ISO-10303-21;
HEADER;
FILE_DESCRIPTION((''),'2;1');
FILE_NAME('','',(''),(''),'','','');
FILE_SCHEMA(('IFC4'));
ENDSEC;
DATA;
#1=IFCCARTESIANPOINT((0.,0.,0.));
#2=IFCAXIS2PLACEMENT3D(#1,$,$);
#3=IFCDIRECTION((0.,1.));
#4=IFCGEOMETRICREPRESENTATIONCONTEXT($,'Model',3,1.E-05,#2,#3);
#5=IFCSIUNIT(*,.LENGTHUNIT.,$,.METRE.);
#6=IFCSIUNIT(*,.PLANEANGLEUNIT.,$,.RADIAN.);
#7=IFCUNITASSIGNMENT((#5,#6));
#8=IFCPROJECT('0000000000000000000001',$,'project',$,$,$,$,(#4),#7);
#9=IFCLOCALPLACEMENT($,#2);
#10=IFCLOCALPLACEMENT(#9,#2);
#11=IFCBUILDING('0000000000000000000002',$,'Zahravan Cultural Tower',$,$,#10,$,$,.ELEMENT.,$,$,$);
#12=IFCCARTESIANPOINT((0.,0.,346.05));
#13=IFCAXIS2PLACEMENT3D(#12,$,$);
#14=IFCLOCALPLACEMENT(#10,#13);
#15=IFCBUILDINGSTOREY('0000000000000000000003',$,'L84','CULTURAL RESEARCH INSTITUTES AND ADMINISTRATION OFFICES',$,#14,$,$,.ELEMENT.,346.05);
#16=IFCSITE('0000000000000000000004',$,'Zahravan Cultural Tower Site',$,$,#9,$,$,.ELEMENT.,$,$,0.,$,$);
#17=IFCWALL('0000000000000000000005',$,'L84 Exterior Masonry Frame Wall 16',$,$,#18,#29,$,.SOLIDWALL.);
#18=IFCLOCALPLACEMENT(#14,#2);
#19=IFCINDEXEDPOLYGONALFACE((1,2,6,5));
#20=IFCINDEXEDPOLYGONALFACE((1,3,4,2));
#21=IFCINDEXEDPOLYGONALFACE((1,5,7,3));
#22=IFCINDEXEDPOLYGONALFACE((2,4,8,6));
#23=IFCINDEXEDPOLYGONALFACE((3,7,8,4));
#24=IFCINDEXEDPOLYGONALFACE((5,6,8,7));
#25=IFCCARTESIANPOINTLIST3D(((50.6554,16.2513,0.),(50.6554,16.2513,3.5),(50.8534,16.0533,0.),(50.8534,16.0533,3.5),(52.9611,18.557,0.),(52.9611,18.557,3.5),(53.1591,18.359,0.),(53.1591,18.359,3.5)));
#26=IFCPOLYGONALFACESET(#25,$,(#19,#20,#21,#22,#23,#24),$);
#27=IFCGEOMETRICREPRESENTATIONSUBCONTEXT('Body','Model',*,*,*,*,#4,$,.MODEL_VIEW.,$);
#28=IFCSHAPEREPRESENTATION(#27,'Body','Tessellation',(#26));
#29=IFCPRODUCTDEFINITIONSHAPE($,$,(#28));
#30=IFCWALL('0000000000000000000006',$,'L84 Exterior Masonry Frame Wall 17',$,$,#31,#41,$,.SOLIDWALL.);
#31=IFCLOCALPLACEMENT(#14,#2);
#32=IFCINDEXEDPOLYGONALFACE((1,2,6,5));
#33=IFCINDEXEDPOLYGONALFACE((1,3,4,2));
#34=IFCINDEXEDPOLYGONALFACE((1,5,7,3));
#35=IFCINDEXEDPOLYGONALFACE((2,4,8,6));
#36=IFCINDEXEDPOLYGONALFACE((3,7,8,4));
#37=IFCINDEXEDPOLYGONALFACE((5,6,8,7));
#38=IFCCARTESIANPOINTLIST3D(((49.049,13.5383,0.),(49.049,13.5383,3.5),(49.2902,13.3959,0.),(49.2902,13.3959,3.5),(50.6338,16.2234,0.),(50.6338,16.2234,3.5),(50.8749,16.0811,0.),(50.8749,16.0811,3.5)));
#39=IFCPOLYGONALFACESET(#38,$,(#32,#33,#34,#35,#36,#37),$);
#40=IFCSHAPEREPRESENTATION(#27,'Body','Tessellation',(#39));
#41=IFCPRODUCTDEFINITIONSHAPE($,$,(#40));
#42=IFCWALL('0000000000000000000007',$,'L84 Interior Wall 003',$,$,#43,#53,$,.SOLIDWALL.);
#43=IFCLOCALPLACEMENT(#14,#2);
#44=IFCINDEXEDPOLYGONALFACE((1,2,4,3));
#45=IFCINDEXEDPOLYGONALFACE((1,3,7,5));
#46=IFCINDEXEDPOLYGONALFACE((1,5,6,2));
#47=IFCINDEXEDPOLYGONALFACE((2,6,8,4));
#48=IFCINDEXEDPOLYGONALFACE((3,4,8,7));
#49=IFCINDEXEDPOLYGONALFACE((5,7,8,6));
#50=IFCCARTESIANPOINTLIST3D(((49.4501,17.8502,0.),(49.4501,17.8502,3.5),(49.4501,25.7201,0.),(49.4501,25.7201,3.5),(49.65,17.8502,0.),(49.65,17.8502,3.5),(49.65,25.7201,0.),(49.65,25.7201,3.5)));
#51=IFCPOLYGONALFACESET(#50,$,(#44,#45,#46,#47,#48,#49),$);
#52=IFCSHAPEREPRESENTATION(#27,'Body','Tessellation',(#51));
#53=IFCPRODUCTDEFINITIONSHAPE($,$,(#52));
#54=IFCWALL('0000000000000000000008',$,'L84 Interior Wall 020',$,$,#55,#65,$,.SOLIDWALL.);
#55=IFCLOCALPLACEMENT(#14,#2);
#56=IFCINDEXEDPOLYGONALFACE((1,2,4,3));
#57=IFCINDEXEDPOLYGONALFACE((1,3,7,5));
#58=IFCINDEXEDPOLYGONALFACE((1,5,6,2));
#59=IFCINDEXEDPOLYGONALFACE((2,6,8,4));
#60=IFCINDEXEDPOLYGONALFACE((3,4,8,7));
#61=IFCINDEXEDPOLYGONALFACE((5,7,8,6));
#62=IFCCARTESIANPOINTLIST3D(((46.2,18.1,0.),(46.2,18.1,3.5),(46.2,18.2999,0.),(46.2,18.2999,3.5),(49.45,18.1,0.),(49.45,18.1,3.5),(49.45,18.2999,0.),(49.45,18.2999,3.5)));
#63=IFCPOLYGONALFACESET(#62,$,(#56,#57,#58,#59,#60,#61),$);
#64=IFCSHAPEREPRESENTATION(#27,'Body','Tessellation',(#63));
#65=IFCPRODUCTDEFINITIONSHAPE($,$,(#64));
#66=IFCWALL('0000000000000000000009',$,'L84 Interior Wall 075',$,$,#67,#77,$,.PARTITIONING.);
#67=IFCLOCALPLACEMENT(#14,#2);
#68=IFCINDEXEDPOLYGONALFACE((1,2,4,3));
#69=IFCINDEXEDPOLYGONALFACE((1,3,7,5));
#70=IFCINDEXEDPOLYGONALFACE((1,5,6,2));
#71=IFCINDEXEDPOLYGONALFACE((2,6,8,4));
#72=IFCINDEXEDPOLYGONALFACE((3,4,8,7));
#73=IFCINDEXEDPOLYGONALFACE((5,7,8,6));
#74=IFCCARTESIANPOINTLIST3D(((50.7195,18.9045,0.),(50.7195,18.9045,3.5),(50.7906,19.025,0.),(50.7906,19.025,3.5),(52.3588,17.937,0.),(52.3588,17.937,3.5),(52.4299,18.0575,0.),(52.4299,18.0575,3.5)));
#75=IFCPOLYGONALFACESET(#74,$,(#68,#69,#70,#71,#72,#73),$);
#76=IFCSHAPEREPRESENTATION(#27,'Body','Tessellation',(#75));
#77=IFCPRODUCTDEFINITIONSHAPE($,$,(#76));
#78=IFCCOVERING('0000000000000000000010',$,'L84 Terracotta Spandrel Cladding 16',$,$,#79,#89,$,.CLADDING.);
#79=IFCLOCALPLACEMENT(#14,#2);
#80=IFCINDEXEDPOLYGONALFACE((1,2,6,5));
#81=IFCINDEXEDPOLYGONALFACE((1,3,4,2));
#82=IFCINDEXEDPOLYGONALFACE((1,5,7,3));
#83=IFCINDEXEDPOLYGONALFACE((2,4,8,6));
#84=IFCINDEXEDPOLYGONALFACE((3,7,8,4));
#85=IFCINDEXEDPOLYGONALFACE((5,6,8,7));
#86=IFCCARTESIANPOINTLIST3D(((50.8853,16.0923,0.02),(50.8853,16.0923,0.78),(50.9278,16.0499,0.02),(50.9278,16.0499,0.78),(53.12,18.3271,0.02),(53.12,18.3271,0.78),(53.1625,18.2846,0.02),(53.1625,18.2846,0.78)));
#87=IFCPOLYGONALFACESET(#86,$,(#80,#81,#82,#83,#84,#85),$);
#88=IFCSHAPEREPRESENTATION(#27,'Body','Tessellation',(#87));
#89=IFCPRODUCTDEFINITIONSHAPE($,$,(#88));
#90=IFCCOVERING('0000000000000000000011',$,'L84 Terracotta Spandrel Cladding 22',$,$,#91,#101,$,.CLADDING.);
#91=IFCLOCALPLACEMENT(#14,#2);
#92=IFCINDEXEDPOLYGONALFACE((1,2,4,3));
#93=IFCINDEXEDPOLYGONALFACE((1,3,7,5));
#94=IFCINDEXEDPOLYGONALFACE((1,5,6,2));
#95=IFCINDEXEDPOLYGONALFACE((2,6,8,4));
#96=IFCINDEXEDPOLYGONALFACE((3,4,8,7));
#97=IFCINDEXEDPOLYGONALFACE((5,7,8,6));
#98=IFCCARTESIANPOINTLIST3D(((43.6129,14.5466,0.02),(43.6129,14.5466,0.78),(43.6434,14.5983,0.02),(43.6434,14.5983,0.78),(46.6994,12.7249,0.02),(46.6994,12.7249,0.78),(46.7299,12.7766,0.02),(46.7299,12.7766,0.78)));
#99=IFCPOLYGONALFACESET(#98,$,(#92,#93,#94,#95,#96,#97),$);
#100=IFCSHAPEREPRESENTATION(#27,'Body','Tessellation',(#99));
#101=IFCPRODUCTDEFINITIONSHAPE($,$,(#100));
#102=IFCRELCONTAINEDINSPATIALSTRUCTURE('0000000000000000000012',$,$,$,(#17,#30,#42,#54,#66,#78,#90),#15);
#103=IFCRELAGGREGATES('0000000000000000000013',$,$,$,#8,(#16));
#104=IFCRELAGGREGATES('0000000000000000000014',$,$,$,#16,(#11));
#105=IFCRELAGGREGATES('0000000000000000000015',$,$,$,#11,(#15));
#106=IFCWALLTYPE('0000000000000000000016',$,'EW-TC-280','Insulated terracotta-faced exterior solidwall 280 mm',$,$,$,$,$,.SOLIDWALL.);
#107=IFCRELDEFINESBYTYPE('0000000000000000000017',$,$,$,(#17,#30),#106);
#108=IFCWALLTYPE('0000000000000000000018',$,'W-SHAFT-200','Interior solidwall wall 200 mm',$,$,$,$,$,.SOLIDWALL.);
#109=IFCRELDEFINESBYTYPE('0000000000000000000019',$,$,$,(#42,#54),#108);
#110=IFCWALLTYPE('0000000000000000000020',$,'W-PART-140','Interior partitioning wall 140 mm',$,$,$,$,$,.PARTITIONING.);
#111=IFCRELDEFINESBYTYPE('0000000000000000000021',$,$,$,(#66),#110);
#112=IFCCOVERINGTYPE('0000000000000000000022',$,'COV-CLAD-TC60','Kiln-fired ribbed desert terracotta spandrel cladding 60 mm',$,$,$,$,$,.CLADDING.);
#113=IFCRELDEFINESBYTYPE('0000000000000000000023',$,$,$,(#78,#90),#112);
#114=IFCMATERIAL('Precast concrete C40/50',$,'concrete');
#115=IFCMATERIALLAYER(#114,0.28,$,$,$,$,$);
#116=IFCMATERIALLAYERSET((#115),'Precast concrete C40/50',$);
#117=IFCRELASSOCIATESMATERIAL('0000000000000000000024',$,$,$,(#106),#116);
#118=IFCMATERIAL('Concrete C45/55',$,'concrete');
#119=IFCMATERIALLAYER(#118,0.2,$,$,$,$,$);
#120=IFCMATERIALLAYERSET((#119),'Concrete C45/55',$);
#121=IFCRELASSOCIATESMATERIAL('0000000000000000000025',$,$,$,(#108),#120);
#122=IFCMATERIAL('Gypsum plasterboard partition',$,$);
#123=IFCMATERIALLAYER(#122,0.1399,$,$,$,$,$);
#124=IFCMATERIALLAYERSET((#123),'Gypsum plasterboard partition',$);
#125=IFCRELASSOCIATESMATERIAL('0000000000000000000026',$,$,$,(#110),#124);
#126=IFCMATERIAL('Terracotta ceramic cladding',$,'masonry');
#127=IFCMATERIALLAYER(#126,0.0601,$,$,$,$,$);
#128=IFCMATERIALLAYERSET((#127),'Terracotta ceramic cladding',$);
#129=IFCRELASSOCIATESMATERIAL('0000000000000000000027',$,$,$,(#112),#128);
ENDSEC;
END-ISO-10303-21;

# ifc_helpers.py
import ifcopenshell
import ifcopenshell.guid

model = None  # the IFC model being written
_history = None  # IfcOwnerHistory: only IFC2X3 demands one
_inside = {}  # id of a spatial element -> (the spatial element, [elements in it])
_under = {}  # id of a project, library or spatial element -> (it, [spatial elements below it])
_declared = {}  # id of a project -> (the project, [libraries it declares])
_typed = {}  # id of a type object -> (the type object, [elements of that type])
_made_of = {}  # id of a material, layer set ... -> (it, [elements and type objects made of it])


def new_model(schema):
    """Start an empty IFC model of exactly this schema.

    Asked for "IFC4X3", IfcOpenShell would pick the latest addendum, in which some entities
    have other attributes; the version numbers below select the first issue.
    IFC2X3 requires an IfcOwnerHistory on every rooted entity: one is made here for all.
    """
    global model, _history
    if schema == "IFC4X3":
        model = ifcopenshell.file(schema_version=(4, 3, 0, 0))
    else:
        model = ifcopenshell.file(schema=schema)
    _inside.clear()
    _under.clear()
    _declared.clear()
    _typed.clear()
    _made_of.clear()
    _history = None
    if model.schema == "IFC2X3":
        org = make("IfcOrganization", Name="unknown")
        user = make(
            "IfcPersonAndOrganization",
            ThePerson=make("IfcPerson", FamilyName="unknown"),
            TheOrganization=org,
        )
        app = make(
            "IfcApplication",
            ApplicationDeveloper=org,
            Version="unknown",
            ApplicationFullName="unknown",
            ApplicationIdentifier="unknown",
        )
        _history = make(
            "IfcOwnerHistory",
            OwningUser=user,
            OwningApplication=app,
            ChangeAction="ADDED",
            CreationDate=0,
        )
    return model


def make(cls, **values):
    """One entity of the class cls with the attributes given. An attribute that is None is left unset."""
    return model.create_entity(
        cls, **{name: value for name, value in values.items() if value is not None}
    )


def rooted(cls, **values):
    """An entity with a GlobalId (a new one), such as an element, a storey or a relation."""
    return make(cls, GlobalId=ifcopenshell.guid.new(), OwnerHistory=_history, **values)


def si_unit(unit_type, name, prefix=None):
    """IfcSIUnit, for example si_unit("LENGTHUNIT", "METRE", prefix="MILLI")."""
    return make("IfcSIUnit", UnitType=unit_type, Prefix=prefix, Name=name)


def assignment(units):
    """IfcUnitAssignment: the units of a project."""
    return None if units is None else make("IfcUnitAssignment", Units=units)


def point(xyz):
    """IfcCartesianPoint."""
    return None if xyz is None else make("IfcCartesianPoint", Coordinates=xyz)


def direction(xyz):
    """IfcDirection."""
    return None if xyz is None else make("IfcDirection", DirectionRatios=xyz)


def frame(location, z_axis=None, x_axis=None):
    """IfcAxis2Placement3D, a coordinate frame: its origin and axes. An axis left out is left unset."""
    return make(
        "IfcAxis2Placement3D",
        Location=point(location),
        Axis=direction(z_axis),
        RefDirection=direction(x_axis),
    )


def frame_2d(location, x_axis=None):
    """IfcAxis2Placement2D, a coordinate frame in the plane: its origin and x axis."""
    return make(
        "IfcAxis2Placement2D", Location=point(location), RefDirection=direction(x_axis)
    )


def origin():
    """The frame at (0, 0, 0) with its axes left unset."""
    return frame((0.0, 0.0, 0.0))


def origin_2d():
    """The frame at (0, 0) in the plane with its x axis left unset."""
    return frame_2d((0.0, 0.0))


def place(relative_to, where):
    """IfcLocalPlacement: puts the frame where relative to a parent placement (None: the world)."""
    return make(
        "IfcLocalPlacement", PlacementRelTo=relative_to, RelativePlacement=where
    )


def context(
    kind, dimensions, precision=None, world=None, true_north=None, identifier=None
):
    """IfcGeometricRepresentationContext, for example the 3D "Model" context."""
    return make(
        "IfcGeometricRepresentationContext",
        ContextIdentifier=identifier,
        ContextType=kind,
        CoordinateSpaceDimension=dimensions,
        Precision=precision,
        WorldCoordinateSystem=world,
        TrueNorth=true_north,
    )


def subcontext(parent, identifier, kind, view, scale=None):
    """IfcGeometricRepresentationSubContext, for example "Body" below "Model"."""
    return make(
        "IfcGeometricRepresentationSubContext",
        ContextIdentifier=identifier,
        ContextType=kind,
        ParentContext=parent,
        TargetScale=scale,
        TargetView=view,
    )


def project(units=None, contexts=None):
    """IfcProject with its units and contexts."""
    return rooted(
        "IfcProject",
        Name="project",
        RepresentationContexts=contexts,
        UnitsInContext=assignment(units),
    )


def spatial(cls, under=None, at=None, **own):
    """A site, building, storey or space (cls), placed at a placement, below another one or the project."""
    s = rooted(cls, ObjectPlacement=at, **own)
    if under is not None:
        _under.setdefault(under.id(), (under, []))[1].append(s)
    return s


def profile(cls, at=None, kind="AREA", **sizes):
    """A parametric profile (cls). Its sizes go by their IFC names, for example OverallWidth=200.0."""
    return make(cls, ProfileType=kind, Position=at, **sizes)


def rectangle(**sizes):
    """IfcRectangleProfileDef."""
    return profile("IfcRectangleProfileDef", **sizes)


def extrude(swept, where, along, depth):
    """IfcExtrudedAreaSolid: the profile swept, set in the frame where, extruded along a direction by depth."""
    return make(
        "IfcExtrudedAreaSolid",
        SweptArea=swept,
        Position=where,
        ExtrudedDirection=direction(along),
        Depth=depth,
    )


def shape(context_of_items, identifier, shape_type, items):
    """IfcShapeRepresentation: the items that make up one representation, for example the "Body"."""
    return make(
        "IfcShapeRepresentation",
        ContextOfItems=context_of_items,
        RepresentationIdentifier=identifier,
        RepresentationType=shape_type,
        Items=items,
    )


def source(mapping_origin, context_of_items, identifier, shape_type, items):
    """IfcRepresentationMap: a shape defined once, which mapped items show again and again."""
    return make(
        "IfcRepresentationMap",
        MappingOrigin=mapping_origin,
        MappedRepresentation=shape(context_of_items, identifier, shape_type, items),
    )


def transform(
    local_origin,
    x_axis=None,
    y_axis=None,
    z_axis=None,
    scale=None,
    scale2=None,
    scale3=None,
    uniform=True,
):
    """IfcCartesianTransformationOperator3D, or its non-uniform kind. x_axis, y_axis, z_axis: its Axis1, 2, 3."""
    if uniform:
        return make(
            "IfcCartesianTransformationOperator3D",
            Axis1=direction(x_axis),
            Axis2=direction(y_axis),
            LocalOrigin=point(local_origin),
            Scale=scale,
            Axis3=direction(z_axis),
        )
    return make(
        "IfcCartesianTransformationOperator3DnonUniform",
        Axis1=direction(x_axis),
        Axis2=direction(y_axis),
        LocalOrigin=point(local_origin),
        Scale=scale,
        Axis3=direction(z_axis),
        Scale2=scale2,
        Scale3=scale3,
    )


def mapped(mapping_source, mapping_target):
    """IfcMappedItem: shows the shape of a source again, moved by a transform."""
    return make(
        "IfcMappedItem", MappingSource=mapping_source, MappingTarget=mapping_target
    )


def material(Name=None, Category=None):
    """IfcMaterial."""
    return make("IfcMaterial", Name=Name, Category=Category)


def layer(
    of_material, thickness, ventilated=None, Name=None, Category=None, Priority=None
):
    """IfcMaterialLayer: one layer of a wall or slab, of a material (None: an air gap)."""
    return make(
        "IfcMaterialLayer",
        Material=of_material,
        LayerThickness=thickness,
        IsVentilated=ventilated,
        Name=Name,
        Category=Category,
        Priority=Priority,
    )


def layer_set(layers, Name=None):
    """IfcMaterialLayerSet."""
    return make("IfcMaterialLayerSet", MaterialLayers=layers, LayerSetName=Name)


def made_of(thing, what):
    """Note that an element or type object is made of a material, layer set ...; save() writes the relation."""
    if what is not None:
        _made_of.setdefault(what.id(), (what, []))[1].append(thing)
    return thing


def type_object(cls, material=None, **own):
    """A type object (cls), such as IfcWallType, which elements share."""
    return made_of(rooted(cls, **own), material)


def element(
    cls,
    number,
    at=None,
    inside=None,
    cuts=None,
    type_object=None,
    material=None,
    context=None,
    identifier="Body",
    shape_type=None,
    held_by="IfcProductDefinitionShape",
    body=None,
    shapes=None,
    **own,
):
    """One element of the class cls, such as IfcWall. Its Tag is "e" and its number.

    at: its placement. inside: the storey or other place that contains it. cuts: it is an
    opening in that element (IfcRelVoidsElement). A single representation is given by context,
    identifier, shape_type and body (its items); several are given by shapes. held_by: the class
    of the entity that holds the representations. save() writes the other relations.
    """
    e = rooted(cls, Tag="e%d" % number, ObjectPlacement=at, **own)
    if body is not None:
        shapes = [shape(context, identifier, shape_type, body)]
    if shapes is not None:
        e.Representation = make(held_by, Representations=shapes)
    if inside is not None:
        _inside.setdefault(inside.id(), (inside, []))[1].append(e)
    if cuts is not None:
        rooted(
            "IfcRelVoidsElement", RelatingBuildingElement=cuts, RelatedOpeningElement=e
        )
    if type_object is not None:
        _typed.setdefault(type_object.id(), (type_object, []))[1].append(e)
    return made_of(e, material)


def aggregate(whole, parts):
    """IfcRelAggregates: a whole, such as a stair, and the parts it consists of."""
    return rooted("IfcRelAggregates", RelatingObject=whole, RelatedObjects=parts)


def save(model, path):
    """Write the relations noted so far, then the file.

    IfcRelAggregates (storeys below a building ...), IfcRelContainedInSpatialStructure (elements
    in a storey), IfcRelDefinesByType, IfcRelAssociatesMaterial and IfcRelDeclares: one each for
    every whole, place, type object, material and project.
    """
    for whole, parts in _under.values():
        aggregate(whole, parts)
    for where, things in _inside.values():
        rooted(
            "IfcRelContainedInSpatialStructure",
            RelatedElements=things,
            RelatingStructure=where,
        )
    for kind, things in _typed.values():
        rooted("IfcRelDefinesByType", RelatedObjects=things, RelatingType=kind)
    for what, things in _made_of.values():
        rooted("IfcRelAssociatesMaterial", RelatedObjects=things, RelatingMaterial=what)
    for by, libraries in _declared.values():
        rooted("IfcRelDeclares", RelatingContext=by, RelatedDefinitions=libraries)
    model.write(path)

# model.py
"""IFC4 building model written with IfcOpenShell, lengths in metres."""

from ifc_helpers import new_model, si_unit, direction, frame, frame_2d, origin, origin_2d, place, context, subcontext, project, spatial, rectangle, extrude, source, transform, mapped, material, layer, layer_set, type_object, element, save


model = new_model("IFC4")

# Units and contexts
model_context = context("Model", 3, precision=1e-05, world=origin(), true_north=direction((0.0, 1.0)))
body_context = subcontext(model_context, "Body", "Model", "MODEL_VIEW")
ifc_project = project(units=[si_unit("LENGTHUNIT", "METRE"), si_unit("PLANEANGLEUNIT", "RADIAN")], contexts=[model_context])

# Site, building, storey
site_placement = place(None, origin())
site = spatial("IfcSite", under=ifc_project, at=site_placement, Name="Zahravan Cultural Tower Site", CompositionType="ELEMENT", RefElevation=0.0)
building_placement = place(site_placement, origin())
building = spatial("IfcBuilding", under=site, at=building_placement, Name="Zahravan Cultural Tower", CompositionType="ELEMENT")
storey_placement = place(building_placement, frame((0.0, 0.0, 346.05)))
storey = spatial("IfcBuildingStorey", under=building, at=storey_placement, Name="L84", Description="CULTURAL RESEARCH INSTITUTES AND ADMINISTRATION OFFICES", CompositionType="ELEMENT", Elevation=346.05)

# Shared definitions
ifc_material_1 = material(Name="Precast concrete C40/50", Category="concrete")
ifc_layer_1 = layer(ifc_material_1, 0.28)
ifc_layer_set_1 = layer_set([ifc_layer_1], Name="Precast concrete C40/50")
wall_type_1 = type_object("IfcWallType", Name="EW-TC-280", Description="Insulated terracotta-faced exterior solidwall 280 mm", PredefinedType="SOLIDWALL", material=ifc_layer_set_1)

# Shared definitions
ifc_material_2 = material(Name="Concrete C45/55", Category="concrete")
ifc_layer_2 = layer(ifc_material_2, 0.2)
ifc_layer_set_2 = layer_set([ifc_layer_2], Name="Concrete C45/55")
wall_type_2 = type_object("IfcWallType", Name="W-SHAFT-200", Description="Interior solidwall wall 200 mm", PredefinedType="SOLIDWALL", material=ifc_layer_set_2)

# Walls
shared_shape_1 = source(origin(), body_context, "Body", "SweptSolid", [
    extrude(rectangle(XDim=3.2607, YDim=0.28, at=frame_2d((1.6304, 0.0))), origin(), (0.0, 0.0, 1.0), 3.5),
])
wall_1_placement = place(storey_placement, frame((53.0601, 18.458, 0.0), z_axis=(0.0, 0.0, 1.0), x_axis=(-0.707107, -0.707107, 0.0)))
element("IfcWall", 1, at=wall_1_placement, inside=storey, type_object=wall_type_1, Name="L84 Exterior Masonry Frame Wall 16", PredefinedType="SOLIDWALL", context=body_context, shape_type="MappedRepresentation", body=[
    mapped(shared_shape_1, transform((0.0, 0.0, 0.0), x_axis=(1.0, 0.0, 0.0), y_axis=(0.0, 1.0, 0.0), z_axis=(0.0, 0.0, 1.0), scale=1.0)),
])
shared_shape_2 = source(origin(), body_context, "Body", "SweptSolid", [
    extrude(rectangle(XDim=3.1179, YDim=0.28, at=frame_2d((1.5591, 0.0))), origin(), (0.0, 0.0, 1.0), 3.5),
])
wall_2_placement = place(storey_placement, frame((50.7544, 16.1523, 0.0), z_axis=(0.0, 0.0, 1.0), x_axis=(-0.508275, -0.861195, 0.0)))
element("IfcWall", 2, at=wall_2_placement, inside=storey, type_object=wall_type_1, Name="L84 Exterior Masonry Frame Wall 17", PredefinedType="SOLIDWALL", context=body_context, shape_type="MappedRepresentation", body=[
    mapped(shared_shape_2, transform((0.0, 0.0, 0.0), x_axis=(1.0, 0.0, 0.0), y_axis=(0.0, 1.0, 0.0), z_axis=(0.0, 0.0, 1.0), scale=1.0)),
])
shared_shape_3 = source(origin(), body_context, "Body", "SweptSolid", [
    extrude(rectangle(XDim=7.8699, YDim=0.2, at=frame_2d((3.9351, 0.0))), origin(), (0.0, 0.0, 1.0), 3.5),
])
wall_3_placement = place(storey_placement, frame((49.55, 17.8501, 0.0), z_axis=(0.0, 0.0, 1.0), x_axis=(0.0, 1.0, 0.0)))
element("IfcWall", 3, at=wall_3_placement, inside=storey, type_object=wall_type_2, Name="L84 Interior Wall 003", PredefinedType="SOLIDWALL", context=body_context, shape_type="MappedRepresentation", body=[
    mapped(shared_shape_3, transform((0.0, 0.0, 0.0), x_axis=(1.0, 0.0, 0.0), y_axis=(0.0, 1.0, 0.0), z_axis=(0.0, 0.0, 1.0), scale=1.0)),
])
shared_shape_4 = source(origin(), body_context, "Body", "SweptSolid", [
    extrude(rectangle(XDim=3.25, YDim=0.2, at=frame_2d((1.625, 0.0))), origin(), (0.0, 0.0, 1.0), 3.5),
])
wall_4_placement = place(storey_placement, frame((46.2, 18.2, 0.0), z_axis=(0.0, 0.0, 1.0), x_axis=(1.0, 0.0, 0.0)))
element("IfcWall", 4, at=wall_4_placement, inside=storey, type_object=wall_type_2, Name="L84 Interior Wall 020", PredefinedType="SOLIDWALL", context=body_context, shape_type="MappedRepresentation", body=[
    mapped(shared_shape_4, transform((0.0, 0.0, 0.0), x_axis=(1.0, 0.0, 0.0), y_axis=(0.0, 1.0, 0.0), z_axis=(0.0, 0.0, 1.0), scale=1.0)),
])
ifc_material_3 = material(Name="Gypsum plasterboard partition")
ifc_layer_3 = layer(ifc_material_3, 0.1399)
ifc_layer_set_3 = layer_set([ifc_layer_3], Name="Gypsum plasterboard partition")
wall_type_3 = type_object("IfcWallType", Name="W-PART-140", Description="Interior partitioning wall 140 mm", PredefinedType="PARTITIONING", material=ifc_layer_set_3)
shared_shape_5 = source(origin(), body_context, "Body", "SweptSolid", [
    extrude(rectangle(XDim=1.9036, YDim=0.1399, at=frame_2d((0.9517, 0.0))), origin(), (0.0, 0.0, 1.0), 3.5),
])
wall_5_placement = place(storey_placement, frame((52.3943, 17.9973, 0.0), z_axis=(0.0, 0.0, 1.0), x_axis=(-0.861205, 0.508258, 0.0)))
element("IfcWall", 5, at=wall_5_placement, inside=storey, type_object=wall_type_3, Name="L84 Interior Wall 075", PredefinedType="PARTITIONING", context=body_context, shape_type="MappedRepresentation", body=[
    mapped(shared_shape_5, transform((0.0, 0.0, 0.0), x_axis=(1.0, 0.0, 0.0), y_axis=(0.0, 1.0, 0.0), z_axis=(0.0, 0.0, 1.0), scale=1.0)),
])

# Coverings
ifc_material_4 = material(Name="Terracotta ceramic cladding", Category="masonry")
ifc_layer_4 = layer(ifc_material_4, 0.0601)
ifc_layer_set_4 = layer_set([ifc_layer_4], Name="Terracotta ceramic cladding")
covering_type = type_object("IfcCoveringType", Name="COV-CLAD-TC60", Description="Kiln-fired ribbed desert terracotta spandrel cladding 60 mm", PredefinedType="CLADDING", material=ifc_layer_set_4)
shared_shape_6 = source(origin(), body_context, "Body", "SweptSolid", [
    extrude(rectangle(XDim=3.1604, YDim=0.0601, at=origin_2d()), origin(), (0.0, 0.0, 1.0), 0.76),
])
covering_1_placement = place(storey_placement, frame((52.0239, 17.1885, 0.02), z_axis=(0.0, 0.0, 1.0), x_axis=(-0.707094, -0.707119, 0.0)))
element("IfcCovering", 6, at=covering_1_placement, inside=storey, type_object=covering_type, Name="L84 Terracotta Spandrel Cladding 16", PredefinedType="CLADDING", context=body_context, shape_type="MappedRepresentation", body=[
    mapped(shared_shape_6, transform((0.0, 0.0, 0.0), x_axis=(1.0, 0.0, 0.0), y_axis=(0.0, 1.0, 0.0), z_axis=(0.0, 0.0, 1.0), scale=1.0)),
])
shared_shape_7 = source(origin(), body_context, "Body", "SweptSolid", [
    extrude(rectangle(XDim=3.584, YDim=0.0601, at=origin_2d()), origin(), (0.0, 0.0, 1.0), 0.76),
])
covering_2_placement = place(storey_placement, frame((45.1714, 13.6616, 0.02), z_axis=(0.0, 0.0, 1.0), x_axis=(-0.861186, 0.50829, 0.0)))
element("IfcCovering", 7, at=covering_2_placement, inside=storey, type_object=covering_type, Name="L84 Terracotta Spandrel Cladding 22", PredefinedType="CLADDING", context=body_context, shape_type="MappedRepresentation", body=[
    mapped(shared_shape_7, transform((0.0, 0.0, 0.0), x_axis=(1.0, 0.0, 0.0), y_axis=(0.0, 1.0, 0.0), z_axis=(0.0, 0.0, 1.0), scale=1.0)),
])

save(model, "model.ifc")
